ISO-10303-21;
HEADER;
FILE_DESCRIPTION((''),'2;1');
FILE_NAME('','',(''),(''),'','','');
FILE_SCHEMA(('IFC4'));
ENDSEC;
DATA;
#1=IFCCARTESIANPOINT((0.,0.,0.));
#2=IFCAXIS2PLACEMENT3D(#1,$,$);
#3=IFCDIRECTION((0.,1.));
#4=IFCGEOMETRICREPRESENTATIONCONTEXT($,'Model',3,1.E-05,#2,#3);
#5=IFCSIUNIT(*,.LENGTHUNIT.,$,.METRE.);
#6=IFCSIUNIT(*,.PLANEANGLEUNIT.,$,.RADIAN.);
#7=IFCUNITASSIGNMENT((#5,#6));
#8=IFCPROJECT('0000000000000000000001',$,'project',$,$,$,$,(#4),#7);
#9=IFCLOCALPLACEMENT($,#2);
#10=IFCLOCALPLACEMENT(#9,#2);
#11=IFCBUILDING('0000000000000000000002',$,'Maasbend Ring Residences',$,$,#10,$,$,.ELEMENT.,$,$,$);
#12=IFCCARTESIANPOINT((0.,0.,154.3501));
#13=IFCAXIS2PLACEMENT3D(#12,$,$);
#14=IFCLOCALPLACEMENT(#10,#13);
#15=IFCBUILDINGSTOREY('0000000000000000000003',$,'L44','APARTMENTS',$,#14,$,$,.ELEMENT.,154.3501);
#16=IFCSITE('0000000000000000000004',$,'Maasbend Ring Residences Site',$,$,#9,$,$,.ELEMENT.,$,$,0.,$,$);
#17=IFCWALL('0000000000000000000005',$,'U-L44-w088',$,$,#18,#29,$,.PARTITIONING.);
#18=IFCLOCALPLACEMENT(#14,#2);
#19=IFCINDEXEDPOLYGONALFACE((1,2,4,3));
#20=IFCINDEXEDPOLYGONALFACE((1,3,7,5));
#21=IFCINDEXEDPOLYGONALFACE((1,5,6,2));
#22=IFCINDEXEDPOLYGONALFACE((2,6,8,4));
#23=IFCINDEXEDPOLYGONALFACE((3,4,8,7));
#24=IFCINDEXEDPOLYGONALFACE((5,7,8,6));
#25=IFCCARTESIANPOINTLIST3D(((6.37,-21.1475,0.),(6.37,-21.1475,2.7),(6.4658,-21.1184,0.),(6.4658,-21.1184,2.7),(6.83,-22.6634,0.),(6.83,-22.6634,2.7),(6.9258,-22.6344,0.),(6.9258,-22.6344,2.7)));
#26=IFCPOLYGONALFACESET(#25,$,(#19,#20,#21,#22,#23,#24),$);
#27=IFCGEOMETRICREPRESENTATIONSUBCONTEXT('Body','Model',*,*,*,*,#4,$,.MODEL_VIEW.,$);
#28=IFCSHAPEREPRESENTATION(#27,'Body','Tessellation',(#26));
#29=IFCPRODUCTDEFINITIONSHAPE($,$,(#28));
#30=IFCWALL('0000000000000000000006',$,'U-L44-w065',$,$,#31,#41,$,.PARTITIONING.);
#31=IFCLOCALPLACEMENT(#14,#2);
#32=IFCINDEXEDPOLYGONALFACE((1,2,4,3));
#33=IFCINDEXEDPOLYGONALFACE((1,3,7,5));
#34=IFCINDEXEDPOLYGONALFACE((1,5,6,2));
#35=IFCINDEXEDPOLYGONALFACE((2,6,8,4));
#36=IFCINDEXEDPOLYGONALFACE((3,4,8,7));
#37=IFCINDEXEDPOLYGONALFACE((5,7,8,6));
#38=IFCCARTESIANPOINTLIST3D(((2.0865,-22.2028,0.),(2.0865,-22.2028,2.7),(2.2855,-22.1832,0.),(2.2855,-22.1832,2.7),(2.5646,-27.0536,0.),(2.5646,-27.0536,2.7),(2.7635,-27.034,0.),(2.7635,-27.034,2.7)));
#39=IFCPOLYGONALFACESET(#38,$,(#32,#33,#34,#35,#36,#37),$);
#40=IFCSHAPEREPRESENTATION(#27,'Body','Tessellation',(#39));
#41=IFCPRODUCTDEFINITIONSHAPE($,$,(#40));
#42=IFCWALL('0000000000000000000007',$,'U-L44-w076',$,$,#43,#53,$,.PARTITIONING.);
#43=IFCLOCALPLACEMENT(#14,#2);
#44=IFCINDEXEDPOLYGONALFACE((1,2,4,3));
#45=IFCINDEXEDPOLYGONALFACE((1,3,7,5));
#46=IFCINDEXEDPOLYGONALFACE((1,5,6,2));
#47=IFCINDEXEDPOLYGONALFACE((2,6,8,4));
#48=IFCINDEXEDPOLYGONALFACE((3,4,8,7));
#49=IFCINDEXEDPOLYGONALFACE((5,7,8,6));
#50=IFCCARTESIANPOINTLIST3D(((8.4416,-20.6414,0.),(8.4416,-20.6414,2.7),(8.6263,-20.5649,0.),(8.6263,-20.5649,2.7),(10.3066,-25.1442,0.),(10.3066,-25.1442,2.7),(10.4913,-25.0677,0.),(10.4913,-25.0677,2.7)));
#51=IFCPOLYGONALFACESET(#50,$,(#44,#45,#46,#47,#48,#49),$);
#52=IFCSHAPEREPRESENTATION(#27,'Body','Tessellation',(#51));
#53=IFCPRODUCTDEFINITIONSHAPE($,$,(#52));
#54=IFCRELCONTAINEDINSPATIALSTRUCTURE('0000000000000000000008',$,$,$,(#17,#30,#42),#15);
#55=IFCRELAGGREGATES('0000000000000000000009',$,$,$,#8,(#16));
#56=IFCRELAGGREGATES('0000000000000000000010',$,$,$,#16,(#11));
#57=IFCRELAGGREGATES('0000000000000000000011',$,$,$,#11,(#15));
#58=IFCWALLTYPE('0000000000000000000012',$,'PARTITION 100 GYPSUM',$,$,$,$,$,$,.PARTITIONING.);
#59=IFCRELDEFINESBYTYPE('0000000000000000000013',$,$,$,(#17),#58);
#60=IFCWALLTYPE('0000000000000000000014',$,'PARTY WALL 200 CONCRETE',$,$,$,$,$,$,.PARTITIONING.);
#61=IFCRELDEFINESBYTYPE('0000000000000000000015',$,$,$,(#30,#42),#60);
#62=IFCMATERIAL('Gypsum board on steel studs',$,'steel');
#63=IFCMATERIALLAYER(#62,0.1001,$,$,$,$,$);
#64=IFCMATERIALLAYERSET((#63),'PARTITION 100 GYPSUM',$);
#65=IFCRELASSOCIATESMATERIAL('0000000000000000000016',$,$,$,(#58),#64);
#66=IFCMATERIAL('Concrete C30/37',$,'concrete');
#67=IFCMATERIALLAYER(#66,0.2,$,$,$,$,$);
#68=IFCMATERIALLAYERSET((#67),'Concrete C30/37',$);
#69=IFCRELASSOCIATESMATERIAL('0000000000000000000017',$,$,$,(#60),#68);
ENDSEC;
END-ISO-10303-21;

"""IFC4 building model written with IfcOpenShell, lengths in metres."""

from ifc_helpers import new_model, si_unit, direction, frame, frame_2d, origin, place, context, subcontext, project, spatial, rectangle, extrude, material, layer, layer_set, type_object, element, save


model = new_model("IFC4")

# Units and contexts
model_context = context("Model", 3, precision=1e-05, world=origin(), true_north=direction((0.0, 1.0)))
body_context = subcontext(model_context, "Body", "Model", "MODEL_VIEW")
ifc_project = project(units=[si_unit("LENGTHUNIT", "METRE"), si_unit("PLANEANGLEUNIT", "RADIAN")], contexts=[model_context])

# Site, building, storey
site_placement = place(None, origin())
site = spatial("IfcSite", under=ifc_project, at=site_placement, Name="Maasbend Ring Residences Site", CompositionType="ELEMENT", RefElevation=0.0)
building_placement = place(site_placement, origin())
building = spatial("IfcBuilding", under=site, at=building_placement, Name="Maasbend Ring Residences", CompositionType="ELEMENT")
storey_placement = place(building_placement, frame((0.0, 0.0, 154.3501)))
storey = spatial("IfcBuildingStorey", under=building, at=storey_placement, Name="L44", Description="APARTMENTS", CompositionType="ELEMENT", Elevation=154.3501)

# Shared definitions
ifc_material_1 = material(Name="Gypsum board on steel studs", Category="steel")
ifc_layer_1 = layer(ifc_material_1, 0.1001)
ifc_layer_set_1 = layer_set([ifc_layer_1], Name="PARTITION 100 GYPSUM")
wall_type_1 = type_object("IfcWallType", Name="PARTITION 100 GYPSUM", PredefinedType="PARTITIONING", material=ifc_layer_set_1)

# Walls
wall_1_placement = place(storey_placement, frame((6.418, -21.1331, 0.0), z_axis=(0.0, 0.0, 1.0), x_axis=(0.290358, -0.956918, 0.0)))
element("IfcWall", 1, at=wall_1_placement, inside=storey, type_object=wall_type_1, Name="U-L44-w088", PredefinedType="PARTITIONING", context=body_context, shape_type="SweptSolid", body=[
    extrude(rectangle(XDim=1.5842, YDim=0.1001, at=frame_2d((0.792, 0.0))), origin(), (0.0, 0.0, 1.0), 2.7),
])
ifc_material_2 = material(Name="Concrete C30/37", Category="concrete")
ifc_layer_2 = layer(ifc_material_2, 0.2)
ifc_layer_set_2 = layer_set([ifc_layer_2], Name="Concrete C30/37")
wall_type_2 = type_object("IfcWallType", Name="PARTY WALL 200 CONCRETE", PredefinedType="PARTITIONING", material=ifc_layer_set_2)
wall_2_placement = place(storey_placement, frame((2.186, -22.1931, 0.0), z_axis=(0.0, 0.0, 1.0), x_axis=(0.09807, -0.995179, 0.0)))
element("IfcWall", 2, at=wall_2_placement, inside=storey, type_object=wall_type_2, Name="U-L44-w065", PredefinedType="PARTITIONING", context=body_context, shape_type="SweptSolid", body=[
    extrude(rectangle(XDim=4.8743, YDim=0.2, at=frame_2d((2.437, 0.0))), origin(), (0.0, 0.0, 1.0), 2.7),
])
wall_3_placement = place(storey_placement, frame((8.5339, -20.603, 0.0), z_axis=(0.0, 0.0, 1.0), x_axis=(0.382651, -0.923893, 0.0)))
element("IfcWall", 3, at=wall_3_placement, inside=storey, type_object=wall_type_2, Name="U-L44-w076", PredefinedType="PARTITIONING", context=body_context, shape_type="SweptSolid", body=[
    extrude(rectangle(XDim=4.8738, YDim=0.2, at=frame_2d((2.437, 0.0))), origin(), (0.0, 0.0, 1.0), 2.7),
])

save(model, "model.ifc")
